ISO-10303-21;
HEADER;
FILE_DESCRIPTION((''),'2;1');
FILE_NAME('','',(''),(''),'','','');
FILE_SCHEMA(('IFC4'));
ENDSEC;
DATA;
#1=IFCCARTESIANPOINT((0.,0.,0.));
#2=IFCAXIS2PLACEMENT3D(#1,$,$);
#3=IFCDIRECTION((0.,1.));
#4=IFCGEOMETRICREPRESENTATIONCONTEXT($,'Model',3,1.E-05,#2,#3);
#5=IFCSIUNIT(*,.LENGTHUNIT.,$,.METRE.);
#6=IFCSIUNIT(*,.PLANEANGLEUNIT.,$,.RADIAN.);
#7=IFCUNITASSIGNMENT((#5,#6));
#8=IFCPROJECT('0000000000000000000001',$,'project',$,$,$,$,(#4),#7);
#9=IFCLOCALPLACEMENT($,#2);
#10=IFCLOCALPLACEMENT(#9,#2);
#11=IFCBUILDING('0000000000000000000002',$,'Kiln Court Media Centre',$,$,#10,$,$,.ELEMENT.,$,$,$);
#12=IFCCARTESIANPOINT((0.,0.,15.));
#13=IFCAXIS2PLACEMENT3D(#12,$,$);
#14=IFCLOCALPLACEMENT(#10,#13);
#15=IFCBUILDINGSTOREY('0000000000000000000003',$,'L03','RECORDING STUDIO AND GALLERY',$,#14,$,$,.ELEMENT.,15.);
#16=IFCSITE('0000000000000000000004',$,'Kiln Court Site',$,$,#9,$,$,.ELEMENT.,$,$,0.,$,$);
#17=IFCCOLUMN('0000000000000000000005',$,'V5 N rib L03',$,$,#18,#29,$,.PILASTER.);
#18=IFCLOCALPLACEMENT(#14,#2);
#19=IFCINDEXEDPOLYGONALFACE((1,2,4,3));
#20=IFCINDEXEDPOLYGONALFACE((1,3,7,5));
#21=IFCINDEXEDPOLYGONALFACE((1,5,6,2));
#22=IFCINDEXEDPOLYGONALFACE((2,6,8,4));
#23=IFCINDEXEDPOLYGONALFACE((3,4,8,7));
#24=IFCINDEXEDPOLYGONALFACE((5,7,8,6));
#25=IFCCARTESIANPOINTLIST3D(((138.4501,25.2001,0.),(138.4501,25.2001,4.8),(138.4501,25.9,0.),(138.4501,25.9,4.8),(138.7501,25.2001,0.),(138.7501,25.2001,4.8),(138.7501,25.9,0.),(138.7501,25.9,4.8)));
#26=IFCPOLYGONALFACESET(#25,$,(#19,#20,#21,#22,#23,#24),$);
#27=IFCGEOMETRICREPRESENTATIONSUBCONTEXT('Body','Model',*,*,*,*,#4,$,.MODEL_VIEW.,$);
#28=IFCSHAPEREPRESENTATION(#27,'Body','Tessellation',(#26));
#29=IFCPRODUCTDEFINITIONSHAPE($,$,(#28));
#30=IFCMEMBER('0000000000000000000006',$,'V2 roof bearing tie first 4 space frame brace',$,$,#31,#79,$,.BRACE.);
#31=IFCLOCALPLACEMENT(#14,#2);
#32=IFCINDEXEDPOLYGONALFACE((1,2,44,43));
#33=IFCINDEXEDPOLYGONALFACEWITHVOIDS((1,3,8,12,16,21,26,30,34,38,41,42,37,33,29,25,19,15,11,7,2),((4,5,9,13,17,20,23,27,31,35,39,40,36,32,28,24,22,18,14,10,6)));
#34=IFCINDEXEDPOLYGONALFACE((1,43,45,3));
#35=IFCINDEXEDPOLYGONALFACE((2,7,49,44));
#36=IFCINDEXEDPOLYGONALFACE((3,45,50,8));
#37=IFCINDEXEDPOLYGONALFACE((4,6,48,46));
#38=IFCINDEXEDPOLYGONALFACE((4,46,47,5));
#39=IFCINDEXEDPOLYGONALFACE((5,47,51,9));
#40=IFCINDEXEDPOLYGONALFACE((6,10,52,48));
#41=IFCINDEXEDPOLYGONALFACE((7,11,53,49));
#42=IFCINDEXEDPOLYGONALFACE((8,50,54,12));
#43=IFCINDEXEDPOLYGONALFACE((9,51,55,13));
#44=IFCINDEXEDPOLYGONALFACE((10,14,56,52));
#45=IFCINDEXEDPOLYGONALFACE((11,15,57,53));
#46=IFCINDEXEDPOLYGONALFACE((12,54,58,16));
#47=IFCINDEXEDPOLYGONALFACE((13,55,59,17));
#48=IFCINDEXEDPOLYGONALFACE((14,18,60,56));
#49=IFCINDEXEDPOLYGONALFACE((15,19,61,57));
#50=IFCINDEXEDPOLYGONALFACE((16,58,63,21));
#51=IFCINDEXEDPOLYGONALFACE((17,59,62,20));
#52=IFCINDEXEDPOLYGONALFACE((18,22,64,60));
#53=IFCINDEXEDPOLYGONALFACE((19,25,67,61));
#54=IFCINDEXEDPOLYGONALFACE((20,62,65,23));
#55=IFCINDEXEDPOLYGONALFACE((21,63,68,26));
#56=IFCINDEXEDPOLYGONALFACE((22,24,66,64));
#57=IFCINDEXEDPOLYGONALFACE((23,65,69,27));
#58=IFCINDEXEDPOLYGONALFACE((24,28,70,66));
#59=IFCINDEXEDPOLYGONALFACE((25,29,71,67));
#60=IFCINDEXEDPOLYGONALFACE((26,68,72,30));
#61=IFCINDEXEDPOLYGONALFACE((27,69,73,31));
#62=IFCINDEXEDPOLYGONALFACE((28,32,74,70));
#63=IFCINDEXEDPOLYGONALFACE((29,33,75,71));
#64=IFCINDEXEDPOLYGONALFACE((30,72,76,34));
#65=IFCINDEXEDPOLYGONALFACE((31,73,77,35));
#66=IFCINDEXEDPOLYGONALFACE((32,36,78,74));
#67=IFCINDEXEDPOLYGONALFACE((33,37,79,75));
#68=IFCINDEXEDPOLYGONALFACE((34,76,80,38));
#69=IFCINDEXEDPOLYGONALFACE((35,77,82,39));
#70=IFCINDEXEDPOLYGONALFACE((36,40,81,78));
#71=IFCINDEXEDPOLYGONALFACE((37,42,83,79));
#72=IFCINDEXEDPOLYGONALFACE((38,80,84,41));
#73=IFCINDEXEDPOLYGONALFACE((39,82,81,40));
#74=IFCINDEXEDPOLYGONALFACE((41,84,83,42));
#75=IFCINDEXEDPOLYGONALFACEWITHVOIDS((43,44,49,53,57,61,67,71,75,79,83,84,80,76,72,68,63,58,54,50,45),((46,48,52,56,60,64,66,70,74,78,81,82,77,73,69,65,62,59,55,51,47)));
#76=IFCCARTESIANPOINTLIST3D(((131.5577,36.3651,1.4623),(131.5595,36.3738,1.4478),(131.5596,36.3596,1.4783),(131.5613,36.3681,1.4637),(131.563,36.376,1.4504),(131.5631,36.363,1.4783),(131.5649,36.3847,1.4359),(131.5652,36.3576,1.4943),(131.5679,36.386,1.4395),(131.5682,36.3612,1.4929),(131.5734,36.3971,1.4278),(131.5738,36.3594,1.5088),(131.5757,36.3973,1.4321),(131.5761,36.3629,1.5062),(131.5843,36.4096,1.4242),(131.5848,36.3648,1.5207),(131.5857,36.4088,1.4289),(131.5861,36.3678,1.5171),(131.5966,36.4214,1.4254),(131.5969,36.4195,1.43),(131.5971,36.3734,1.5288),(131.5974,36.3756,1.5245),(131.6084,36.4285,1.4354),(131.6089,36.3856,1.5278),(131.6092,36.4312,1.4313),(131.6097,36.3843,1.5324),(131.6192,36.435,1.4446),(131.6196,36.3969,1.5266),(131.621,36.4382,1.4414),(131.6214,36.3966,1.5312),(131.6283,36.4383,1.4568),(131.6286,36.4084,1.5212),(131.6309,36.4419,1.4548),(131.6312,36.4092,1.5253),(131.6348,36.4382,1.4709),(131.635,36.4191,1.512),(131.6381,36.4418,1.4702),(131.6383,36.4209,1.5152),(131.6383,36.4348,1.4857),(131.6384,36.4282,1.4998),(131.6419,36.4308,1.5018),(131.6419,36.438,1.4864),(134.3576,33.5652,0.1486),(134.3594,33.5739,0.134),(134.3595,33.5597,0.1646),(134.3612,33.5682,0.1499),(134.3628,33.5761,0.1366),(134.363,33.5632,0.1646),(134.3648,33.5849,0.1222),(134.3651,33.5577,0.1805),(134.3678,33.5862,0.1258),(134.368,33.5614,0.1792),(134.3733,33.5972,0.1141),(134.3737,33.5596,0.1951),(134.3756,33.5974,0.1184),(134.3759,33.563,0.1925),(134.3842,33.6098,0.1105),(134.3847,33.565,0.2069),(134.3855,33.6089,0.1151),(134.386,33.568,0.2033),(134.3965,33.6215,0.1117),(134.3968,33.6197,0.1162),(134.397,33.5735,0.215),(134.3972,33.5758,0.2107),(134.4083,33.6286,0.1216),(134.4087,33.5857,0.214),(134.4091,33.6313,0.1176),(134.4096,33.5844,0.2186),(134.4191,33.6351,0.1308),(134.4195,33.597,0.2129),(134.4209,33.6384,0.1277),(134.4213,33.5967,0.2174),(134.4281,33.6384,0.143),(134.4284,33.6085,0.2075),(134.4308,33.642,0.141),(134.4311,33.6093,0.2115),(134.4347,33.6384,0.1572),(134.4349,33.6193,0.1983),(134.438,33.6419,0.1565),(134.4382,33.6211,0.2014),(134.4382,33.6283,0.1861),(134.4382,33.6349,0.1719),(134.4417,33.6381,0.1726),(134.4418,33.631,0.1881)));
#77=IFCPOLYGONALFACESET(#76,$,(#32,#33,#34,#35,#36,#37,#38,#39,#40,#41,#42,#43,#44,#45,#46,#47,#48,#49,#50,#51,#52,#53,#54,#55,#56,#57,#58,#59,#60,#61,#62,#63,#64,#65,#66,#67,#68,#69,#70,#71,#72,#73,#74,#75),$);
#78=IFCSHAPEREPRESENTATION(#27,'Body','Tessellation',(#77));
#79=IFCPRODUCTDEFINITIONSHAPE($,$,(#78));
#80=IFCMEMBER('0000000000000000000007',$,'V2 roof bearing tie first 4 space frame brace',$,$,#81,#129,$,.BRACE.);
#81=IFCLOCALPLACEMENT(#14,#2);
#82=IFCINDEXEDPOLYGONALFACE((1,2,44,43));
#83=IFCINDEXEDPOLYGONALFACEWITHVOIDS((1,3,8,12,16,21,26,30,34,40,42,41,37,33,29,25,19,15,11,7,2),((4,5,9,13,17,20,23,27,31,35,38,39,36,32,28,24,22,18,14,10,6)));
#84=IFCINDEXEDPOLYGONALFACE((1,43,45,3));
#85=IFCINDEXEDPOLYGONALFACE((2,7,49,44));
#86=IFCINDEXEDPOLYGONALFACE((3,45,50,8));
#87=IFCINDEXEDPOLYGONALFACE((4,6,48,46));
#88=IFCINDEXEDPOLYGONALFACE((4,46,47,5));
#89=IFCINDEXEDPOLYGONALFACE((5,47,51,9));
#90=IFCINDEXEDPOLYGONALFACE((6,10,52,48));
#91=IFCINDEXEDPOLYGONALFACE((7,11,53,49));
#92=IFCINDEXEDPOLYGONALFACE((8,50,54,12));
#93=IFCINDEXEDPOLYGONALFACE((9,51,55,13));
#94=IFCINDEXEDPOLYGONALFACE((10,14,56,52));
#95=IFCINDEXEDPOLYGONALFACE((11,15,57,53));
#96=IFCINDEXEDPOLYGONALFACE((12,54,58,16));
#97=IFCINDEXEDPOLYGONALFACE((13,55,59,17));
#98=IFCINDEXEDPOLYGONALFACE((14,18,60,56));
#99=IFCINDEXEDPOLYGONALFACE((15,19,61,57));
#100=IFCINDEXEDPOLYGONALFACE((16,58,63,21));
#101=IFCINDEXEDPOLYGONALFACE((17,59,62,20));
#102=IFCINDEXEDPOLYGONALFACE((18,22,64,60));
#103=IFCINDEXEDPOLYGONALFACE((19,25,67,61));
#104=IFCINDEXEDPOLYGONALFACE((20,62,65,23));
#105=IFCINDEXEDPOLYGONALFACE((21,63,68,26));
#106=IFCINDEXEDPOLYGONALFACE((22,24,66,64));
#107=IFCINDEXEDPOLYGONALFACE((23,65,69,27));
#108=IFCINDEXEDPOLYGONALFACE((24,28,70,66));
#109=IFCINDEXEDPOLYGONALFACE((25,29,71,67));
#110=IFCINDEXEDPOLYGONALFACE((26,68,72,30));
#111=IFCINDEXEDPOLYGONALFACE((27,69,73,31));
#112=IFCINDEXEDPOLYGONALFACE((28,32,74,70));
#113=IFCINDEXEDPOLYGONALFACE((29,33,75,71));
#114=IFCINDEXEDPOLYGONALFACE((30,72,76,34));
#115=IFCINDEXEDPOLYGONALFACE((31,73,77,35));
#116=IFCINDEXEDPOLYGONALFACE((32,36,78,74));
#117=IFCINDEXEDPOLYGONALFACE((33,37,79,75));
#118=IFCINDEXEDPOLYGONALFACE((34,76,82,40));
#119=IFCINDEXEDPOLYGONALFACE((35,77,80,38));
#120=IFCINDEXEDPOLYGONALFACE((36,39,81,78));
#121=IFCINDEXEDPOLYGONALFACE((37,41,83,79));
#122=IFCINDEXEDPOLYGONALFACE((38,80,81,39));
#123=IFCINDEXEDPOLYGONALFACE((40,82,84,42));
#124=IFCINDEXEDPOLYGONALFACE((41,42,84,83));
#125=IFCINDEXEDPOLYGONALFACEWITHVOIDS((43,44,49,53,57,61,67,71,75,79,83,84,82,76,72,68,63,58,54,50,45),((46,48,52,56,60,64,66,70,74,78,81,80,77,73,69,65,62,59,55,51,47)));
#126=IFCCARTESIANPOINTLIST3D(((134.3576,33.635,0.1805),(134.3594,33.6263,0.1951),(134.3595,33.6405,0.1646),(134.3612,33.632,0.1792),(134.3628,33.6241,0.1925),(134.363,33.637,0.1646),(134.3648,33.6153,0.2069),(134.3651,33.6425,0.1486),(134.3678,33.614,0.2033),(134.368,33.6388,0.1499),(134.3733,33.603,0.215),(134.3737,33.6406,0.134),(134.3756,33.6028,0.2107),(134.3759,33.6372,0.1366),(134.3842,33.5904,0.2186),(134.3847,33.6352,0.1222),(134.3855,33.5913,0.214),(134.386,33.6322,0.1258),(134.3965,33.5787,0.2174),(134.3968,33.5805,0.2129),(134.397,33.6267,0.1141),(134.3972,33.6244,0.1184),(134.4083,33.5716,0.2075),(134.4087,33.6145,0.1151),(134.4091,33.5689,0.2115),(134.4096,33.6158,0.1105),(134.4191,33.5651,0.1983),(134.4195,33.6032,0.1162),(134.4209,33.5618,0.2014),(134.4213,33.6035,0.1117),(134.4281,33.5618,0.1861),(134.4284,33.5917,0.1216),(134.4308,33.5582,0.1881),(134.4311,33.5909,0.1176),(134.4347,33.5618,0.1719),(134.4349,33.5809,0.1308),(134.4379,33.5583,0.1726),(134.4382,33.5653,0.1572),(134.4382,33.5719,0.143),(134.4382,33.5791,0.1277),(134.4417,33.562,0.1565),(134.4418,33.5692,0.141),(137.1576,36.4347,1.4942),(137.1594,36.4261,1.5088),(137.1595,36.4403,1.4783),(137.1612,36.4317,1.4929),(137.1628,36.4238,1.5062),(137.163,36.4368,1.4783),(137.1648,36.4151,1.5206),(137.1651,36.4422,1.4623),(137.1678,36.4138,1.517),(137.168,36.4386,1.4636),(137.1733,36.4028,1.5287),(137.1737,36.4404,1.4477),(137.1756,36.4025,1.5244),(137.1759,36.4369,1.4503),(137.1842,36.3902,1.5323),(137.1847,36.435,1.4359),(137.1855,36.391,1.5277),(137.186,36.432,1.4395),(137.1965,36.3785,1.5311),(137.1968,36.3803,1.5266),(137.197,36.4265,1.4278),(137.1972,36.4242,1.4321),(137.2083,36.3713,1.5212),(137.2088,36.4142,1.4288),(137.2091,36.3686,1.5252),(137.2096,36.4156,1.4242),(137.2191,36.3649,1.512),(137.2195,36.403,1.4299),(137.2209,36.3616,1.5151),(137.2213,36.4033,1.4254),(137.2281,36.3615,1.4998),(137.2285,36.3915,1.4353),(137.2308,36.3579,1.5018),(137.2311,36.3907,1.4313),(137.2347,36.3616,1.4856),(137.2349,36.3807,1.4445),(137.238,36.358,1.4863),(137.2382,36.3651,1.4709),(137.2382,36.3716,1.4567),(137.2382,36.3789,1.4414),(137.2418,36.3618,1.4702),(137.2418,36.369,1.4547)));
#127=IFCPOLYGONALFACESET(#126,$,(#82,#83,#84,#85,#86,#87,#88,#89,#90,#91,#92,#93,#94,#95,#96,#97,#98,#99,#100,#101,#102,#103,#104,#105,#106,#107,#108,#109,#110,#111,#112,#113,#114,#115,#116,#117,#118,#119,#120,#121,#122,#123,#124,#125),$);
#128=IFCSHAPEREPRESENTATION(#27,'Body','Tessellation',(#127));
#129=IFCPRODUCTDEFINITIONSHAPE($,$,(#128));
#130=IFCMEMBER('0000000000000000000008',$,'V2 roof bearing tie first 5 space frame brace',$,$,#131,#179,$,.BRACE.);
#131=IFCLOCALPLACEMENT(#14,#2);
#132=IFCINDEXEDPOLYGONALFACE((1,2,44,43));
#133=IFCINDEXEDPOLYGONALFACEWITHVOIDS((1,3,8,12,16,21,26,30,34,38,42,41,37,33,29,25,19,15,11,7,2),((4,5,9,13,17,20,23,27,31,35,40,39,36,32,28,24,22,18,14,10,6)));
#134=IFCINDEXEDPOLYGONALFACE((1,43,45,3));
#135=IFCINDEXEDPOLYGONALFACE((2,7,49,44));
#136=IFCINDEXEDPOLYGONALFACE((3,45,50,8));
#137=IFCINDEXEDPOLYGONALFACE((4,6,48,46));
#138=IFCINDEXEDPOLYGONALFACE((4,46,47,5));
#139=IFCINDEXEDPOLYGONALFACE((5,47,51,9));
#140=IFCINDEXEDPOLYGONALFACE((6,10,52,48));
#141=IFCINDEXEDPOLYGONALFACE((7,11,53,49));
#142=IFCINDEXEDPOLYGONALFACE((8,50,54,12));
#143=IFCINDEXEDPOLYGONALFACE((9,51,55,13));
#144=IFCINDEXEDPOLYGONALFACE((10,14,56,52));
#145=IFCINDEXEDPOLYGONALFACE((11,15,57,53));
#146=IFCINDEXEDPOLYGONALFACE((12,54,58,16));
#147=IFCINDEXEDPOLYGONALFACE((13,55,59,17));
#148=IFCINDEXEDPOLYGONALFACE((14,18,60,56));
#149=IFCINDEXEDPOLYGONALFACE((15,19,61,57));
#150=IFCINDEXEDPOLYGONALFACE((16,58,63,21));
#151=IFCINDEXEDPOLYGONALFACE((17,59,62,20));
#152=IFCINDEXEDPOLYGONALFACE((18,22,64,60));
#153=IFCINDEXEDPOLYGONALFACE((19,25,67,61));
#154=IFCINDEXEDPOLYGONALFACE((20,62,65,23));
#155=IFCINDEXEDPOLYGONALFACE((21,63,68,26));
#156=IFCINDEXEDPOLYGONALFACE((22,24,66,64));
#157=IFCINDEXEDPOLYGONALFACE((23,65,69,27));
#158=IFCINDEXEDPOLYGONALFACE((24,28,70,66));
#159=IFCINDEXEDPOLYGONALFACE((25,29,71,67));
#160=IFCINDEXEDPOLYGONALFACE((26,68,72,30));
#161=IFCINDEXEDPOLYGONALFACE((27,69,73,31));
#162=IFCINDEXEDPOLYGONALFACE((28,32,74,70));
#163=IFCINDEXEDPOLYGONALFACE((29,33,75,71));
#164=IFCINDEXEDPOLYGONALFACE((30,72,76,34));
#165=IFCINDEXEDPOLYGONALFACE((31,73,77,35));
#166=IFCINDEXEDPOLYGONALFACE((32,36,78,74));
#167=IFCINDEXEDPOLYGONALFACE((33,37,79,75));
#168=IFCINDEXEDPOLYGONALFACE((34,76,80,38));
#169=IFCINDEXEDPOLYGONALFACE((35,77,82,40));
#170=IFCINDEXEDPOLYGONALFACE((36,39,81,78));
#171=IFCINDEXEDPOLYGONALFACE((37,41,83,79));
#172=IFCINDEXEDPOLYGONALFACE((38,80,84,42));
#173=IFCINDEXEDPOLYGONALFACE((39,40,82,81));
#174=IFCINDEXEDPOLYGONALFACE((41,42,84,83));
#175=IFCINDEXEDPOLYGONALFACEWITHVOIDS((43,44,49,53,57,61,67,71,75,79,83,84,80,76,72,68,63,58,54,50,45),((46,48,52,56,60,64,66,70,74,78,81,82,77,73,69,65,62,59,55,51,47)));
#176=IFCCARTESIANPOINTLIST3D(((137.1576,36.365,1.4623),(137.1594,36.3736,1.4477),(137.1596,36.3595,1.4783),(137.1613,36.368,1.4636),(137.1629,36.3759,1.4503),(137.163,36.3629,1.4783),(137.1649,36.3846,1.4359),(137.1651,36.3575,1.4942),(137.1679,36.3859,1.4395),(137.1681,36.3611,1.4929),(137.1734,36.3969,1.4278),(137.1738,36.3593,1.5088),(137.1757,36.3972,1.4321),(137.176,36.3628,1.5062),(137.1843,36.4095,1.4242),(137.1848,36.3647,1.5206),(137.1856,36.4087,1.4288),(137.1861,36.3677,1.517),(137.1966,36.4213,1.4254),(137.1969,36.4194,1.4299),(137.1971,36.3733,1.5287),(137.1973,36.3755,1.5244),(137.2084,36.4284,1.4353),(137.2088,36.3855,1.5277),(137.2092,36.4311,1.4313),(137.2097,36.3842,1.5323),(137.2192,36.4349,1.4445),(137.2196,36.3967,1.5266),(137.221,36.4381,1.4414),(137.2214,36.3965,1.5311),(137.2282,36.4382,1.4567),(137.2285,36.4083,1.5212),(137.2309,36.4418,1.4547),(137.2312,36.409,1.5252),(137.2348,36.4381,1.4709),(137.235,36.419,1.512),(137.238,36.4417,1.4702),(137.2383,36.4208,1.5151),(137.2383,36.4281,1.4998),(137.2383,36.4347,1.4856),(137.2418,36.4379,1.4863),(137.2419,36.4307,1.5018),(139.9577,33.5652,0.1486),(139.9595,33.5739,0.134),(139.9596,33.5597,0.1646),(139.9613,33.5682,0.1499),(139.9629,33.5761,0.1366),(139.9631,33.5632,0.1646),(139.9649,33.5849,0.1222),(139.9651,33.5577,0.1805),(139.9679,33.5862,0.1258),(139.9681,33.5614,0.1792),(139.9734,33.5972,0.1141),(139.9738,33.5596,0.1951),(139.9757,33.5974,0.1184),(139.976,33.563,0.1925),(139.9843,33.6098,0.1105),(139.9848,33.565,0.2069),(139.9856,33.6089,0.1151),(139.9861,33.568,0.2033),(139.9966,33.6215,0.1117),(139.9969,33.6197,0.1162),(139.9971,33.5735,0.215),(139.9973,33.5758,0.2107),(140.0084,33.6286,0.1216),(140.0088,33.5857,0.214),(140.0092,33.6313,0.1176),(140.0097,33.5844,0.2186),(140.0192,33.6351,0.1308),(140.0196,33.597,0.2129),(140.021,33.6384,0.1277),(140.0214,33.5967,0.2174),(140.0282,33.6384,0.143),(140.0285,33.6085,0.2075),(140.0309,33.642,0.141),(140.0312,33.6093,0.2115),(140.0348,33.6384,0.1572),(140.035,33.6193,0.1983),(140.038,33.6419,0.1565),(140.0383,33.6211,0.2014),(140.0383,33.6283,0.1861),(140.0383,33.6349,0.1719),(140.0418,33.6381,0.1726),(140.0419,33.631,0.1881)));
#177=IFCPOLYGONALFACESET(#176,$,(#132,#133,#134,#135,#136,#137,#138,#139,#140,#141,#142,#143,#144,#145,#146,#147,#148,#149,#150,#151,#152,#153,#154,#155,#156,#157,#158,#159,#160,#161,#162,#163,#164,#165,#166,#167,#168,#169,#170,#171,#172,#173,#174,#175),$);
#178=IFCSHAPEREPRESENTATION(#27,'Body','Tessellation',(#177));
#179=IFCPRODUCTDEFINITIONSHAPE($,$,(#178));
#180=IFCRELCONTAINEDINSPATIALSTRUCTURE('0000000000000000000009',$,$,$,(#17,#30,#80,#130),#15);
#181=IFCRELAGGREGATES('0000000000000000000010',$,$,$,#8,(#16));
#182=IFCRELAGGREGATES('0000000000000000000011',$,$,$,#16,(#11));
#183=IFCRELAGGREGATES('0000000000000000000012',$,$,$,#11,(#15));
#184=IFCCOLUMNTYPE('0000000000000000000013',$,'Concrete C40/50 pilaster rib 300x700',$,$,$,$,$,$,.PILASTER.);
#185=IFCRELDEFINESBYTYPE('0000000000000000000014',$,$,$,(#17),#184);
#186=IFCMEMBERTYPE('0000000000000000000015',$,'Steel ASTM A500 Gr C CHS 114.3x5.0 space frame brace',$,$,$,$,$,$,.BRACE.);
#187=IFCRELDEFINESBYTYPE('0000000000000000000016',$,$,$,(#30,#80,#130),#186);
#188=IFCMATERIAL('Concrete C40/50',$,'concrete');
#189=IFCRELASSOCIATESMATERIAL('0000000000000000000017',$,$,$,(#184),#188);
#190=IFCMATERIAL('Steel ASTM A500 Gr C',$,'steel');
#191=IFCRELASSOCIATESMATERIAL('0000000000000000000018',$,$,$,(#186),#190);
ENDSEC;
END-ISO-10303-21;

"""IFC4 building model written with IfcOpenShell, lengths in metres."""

from ifc_helpers import new_model, si_unit, direction, frame, origin, origin_2d, place, context, subcontext, project, spatial, rectangle, hollow_circle, extrude, material, material_profile, profile_set, type_object, element, save


model = new_model("IFC4")

# Units and contexts
model_context = context("Model", 3, precision=1e-05, world=origin(), true_north=direction((0.0, 1.0)))
body_context = subcontext(model_context, "Body", "Model", "MODEL_VIEW")
ifc_project = project(units=[si_unit("LENGTHUNIT", "METRE"), si_unit("PLANEANGLEUNIT", "RADIAN")], contexts=[model_context])

# Site, building, storey
site_placement = place(None, origin())
site = spatial("IfcSite", under=ifc_project, at=site_placement, Name="Kiln Court Site", CompositionType="ELEMENT", RefElevation=0.0)
building_placement = place(site_placement, origin())
building = spatial("IfcBuilding", under=site, at=building_placement, Name="Kiln Court Media Centre", CompositionType="ELEMENT")
storey_placement = place(building_placement, frame((0.0, 0.0, 15.0)))
storey = spatial("IfcBuildingStorey", under=building, at=storey_placement, Name="L03", Description="RECORDING STUDIO AND GALLERY", CompositionType="ELEMENT", Elevation=15.0)

# Column
ifc_material_1 = material(Name="Concrete C40/50", Category="concrete")
ifc_material_profile_1 = material_profile(ifc_material_1, rectangle(XDim=0.3, YDim=0.7, at=origin_2d()), Name="RC 300x700")
ifc_profile_set_1 = profile_set([ifc_material_profile_1], Name="Concrete C40/50")
column_type = type_object("IfcColumnType", Name="Concrete C40/50 pilaster rib 300x700", PredefinedType="PILASTER", material=ifc_profile_set_1)
column_placement = place(storey_placement, frame((138.6001, 25.55, 0.0), z_axis=(0.0, 0.0, 1.0), x_axis=(1.0, 0.0, 0.0)))
element("IfcColumn", 1, at=column_placement, inside=storey, type_object=column_type, Name="V5 N rib L03", PredefinedType="PILASTER", context=body_context, shape_type="SweptSolid", body=[
    extrude(rectangle(XDim=0.3, YDim=0.7, at=origin_2d()), origin(), (0.0, 0.0, 1.0), 4.8),
])

# Members
ifc_material_2 = material(Name="Steel ASTM A500 Gr C", Category="steel")
ifc_material_profile_2 = material_profile(ifc_material_2, hollow_circle(Radius=0.0571, WallThickness=0.0049, at=origin_2d()), Name="CHS 114.3x5.0")
ifc_profile_set_2 = profile_set([ifc_material_profile_2], Name="Steel ASTM A500 Gr C")
member_type_1 = type_object("IfcMemberType", Name="Steel ASTM A500 Gr C CHS 114.3x5.0 space frame brace", PredefinedType="BRACE", material=ifc_profile_set_2)
for number, where, z_axis, x_axis, name in (
    (2, (134.3999, 33.6001, 0.1646), (-0.671131, 0.671131, 0.314907), (-0.707107, -0.707107, 0.0), "V2 roof bearing tie first 4 space frame brace"),
    (3, (134.3999, 33.6001, 0.1646), (0.671163, 0.671105, 0.314895), (-0.707076, 0.707138, 0.0), "V2 roof bearing tie first 4 space frame brace"),
    (4, (140.0, 33.6001, 0.1646), (-0.671163, 0.671105, 0.314895), (-0.707076, -0.707138, 0.0), "V2 roof bearing tie first 5 space frame brace"),
):
    element("IfcMember", number, at=place(storey_placement, frame(where, z_axis=z_axis, x_axis=x_axis)), inside=storey, type_object=member_type_1, Name=name, PredefinedType="BRACE", context=body_context, shape_type="SweptSolid", body=[
        extrude(hollow_circle(Radius=0.0571, WallThickness=0.0049, at=origin_2d()), origin(), (0.0, 0.0, 1.0), 4.1719),
    ])

save(model, "model.ifc")
